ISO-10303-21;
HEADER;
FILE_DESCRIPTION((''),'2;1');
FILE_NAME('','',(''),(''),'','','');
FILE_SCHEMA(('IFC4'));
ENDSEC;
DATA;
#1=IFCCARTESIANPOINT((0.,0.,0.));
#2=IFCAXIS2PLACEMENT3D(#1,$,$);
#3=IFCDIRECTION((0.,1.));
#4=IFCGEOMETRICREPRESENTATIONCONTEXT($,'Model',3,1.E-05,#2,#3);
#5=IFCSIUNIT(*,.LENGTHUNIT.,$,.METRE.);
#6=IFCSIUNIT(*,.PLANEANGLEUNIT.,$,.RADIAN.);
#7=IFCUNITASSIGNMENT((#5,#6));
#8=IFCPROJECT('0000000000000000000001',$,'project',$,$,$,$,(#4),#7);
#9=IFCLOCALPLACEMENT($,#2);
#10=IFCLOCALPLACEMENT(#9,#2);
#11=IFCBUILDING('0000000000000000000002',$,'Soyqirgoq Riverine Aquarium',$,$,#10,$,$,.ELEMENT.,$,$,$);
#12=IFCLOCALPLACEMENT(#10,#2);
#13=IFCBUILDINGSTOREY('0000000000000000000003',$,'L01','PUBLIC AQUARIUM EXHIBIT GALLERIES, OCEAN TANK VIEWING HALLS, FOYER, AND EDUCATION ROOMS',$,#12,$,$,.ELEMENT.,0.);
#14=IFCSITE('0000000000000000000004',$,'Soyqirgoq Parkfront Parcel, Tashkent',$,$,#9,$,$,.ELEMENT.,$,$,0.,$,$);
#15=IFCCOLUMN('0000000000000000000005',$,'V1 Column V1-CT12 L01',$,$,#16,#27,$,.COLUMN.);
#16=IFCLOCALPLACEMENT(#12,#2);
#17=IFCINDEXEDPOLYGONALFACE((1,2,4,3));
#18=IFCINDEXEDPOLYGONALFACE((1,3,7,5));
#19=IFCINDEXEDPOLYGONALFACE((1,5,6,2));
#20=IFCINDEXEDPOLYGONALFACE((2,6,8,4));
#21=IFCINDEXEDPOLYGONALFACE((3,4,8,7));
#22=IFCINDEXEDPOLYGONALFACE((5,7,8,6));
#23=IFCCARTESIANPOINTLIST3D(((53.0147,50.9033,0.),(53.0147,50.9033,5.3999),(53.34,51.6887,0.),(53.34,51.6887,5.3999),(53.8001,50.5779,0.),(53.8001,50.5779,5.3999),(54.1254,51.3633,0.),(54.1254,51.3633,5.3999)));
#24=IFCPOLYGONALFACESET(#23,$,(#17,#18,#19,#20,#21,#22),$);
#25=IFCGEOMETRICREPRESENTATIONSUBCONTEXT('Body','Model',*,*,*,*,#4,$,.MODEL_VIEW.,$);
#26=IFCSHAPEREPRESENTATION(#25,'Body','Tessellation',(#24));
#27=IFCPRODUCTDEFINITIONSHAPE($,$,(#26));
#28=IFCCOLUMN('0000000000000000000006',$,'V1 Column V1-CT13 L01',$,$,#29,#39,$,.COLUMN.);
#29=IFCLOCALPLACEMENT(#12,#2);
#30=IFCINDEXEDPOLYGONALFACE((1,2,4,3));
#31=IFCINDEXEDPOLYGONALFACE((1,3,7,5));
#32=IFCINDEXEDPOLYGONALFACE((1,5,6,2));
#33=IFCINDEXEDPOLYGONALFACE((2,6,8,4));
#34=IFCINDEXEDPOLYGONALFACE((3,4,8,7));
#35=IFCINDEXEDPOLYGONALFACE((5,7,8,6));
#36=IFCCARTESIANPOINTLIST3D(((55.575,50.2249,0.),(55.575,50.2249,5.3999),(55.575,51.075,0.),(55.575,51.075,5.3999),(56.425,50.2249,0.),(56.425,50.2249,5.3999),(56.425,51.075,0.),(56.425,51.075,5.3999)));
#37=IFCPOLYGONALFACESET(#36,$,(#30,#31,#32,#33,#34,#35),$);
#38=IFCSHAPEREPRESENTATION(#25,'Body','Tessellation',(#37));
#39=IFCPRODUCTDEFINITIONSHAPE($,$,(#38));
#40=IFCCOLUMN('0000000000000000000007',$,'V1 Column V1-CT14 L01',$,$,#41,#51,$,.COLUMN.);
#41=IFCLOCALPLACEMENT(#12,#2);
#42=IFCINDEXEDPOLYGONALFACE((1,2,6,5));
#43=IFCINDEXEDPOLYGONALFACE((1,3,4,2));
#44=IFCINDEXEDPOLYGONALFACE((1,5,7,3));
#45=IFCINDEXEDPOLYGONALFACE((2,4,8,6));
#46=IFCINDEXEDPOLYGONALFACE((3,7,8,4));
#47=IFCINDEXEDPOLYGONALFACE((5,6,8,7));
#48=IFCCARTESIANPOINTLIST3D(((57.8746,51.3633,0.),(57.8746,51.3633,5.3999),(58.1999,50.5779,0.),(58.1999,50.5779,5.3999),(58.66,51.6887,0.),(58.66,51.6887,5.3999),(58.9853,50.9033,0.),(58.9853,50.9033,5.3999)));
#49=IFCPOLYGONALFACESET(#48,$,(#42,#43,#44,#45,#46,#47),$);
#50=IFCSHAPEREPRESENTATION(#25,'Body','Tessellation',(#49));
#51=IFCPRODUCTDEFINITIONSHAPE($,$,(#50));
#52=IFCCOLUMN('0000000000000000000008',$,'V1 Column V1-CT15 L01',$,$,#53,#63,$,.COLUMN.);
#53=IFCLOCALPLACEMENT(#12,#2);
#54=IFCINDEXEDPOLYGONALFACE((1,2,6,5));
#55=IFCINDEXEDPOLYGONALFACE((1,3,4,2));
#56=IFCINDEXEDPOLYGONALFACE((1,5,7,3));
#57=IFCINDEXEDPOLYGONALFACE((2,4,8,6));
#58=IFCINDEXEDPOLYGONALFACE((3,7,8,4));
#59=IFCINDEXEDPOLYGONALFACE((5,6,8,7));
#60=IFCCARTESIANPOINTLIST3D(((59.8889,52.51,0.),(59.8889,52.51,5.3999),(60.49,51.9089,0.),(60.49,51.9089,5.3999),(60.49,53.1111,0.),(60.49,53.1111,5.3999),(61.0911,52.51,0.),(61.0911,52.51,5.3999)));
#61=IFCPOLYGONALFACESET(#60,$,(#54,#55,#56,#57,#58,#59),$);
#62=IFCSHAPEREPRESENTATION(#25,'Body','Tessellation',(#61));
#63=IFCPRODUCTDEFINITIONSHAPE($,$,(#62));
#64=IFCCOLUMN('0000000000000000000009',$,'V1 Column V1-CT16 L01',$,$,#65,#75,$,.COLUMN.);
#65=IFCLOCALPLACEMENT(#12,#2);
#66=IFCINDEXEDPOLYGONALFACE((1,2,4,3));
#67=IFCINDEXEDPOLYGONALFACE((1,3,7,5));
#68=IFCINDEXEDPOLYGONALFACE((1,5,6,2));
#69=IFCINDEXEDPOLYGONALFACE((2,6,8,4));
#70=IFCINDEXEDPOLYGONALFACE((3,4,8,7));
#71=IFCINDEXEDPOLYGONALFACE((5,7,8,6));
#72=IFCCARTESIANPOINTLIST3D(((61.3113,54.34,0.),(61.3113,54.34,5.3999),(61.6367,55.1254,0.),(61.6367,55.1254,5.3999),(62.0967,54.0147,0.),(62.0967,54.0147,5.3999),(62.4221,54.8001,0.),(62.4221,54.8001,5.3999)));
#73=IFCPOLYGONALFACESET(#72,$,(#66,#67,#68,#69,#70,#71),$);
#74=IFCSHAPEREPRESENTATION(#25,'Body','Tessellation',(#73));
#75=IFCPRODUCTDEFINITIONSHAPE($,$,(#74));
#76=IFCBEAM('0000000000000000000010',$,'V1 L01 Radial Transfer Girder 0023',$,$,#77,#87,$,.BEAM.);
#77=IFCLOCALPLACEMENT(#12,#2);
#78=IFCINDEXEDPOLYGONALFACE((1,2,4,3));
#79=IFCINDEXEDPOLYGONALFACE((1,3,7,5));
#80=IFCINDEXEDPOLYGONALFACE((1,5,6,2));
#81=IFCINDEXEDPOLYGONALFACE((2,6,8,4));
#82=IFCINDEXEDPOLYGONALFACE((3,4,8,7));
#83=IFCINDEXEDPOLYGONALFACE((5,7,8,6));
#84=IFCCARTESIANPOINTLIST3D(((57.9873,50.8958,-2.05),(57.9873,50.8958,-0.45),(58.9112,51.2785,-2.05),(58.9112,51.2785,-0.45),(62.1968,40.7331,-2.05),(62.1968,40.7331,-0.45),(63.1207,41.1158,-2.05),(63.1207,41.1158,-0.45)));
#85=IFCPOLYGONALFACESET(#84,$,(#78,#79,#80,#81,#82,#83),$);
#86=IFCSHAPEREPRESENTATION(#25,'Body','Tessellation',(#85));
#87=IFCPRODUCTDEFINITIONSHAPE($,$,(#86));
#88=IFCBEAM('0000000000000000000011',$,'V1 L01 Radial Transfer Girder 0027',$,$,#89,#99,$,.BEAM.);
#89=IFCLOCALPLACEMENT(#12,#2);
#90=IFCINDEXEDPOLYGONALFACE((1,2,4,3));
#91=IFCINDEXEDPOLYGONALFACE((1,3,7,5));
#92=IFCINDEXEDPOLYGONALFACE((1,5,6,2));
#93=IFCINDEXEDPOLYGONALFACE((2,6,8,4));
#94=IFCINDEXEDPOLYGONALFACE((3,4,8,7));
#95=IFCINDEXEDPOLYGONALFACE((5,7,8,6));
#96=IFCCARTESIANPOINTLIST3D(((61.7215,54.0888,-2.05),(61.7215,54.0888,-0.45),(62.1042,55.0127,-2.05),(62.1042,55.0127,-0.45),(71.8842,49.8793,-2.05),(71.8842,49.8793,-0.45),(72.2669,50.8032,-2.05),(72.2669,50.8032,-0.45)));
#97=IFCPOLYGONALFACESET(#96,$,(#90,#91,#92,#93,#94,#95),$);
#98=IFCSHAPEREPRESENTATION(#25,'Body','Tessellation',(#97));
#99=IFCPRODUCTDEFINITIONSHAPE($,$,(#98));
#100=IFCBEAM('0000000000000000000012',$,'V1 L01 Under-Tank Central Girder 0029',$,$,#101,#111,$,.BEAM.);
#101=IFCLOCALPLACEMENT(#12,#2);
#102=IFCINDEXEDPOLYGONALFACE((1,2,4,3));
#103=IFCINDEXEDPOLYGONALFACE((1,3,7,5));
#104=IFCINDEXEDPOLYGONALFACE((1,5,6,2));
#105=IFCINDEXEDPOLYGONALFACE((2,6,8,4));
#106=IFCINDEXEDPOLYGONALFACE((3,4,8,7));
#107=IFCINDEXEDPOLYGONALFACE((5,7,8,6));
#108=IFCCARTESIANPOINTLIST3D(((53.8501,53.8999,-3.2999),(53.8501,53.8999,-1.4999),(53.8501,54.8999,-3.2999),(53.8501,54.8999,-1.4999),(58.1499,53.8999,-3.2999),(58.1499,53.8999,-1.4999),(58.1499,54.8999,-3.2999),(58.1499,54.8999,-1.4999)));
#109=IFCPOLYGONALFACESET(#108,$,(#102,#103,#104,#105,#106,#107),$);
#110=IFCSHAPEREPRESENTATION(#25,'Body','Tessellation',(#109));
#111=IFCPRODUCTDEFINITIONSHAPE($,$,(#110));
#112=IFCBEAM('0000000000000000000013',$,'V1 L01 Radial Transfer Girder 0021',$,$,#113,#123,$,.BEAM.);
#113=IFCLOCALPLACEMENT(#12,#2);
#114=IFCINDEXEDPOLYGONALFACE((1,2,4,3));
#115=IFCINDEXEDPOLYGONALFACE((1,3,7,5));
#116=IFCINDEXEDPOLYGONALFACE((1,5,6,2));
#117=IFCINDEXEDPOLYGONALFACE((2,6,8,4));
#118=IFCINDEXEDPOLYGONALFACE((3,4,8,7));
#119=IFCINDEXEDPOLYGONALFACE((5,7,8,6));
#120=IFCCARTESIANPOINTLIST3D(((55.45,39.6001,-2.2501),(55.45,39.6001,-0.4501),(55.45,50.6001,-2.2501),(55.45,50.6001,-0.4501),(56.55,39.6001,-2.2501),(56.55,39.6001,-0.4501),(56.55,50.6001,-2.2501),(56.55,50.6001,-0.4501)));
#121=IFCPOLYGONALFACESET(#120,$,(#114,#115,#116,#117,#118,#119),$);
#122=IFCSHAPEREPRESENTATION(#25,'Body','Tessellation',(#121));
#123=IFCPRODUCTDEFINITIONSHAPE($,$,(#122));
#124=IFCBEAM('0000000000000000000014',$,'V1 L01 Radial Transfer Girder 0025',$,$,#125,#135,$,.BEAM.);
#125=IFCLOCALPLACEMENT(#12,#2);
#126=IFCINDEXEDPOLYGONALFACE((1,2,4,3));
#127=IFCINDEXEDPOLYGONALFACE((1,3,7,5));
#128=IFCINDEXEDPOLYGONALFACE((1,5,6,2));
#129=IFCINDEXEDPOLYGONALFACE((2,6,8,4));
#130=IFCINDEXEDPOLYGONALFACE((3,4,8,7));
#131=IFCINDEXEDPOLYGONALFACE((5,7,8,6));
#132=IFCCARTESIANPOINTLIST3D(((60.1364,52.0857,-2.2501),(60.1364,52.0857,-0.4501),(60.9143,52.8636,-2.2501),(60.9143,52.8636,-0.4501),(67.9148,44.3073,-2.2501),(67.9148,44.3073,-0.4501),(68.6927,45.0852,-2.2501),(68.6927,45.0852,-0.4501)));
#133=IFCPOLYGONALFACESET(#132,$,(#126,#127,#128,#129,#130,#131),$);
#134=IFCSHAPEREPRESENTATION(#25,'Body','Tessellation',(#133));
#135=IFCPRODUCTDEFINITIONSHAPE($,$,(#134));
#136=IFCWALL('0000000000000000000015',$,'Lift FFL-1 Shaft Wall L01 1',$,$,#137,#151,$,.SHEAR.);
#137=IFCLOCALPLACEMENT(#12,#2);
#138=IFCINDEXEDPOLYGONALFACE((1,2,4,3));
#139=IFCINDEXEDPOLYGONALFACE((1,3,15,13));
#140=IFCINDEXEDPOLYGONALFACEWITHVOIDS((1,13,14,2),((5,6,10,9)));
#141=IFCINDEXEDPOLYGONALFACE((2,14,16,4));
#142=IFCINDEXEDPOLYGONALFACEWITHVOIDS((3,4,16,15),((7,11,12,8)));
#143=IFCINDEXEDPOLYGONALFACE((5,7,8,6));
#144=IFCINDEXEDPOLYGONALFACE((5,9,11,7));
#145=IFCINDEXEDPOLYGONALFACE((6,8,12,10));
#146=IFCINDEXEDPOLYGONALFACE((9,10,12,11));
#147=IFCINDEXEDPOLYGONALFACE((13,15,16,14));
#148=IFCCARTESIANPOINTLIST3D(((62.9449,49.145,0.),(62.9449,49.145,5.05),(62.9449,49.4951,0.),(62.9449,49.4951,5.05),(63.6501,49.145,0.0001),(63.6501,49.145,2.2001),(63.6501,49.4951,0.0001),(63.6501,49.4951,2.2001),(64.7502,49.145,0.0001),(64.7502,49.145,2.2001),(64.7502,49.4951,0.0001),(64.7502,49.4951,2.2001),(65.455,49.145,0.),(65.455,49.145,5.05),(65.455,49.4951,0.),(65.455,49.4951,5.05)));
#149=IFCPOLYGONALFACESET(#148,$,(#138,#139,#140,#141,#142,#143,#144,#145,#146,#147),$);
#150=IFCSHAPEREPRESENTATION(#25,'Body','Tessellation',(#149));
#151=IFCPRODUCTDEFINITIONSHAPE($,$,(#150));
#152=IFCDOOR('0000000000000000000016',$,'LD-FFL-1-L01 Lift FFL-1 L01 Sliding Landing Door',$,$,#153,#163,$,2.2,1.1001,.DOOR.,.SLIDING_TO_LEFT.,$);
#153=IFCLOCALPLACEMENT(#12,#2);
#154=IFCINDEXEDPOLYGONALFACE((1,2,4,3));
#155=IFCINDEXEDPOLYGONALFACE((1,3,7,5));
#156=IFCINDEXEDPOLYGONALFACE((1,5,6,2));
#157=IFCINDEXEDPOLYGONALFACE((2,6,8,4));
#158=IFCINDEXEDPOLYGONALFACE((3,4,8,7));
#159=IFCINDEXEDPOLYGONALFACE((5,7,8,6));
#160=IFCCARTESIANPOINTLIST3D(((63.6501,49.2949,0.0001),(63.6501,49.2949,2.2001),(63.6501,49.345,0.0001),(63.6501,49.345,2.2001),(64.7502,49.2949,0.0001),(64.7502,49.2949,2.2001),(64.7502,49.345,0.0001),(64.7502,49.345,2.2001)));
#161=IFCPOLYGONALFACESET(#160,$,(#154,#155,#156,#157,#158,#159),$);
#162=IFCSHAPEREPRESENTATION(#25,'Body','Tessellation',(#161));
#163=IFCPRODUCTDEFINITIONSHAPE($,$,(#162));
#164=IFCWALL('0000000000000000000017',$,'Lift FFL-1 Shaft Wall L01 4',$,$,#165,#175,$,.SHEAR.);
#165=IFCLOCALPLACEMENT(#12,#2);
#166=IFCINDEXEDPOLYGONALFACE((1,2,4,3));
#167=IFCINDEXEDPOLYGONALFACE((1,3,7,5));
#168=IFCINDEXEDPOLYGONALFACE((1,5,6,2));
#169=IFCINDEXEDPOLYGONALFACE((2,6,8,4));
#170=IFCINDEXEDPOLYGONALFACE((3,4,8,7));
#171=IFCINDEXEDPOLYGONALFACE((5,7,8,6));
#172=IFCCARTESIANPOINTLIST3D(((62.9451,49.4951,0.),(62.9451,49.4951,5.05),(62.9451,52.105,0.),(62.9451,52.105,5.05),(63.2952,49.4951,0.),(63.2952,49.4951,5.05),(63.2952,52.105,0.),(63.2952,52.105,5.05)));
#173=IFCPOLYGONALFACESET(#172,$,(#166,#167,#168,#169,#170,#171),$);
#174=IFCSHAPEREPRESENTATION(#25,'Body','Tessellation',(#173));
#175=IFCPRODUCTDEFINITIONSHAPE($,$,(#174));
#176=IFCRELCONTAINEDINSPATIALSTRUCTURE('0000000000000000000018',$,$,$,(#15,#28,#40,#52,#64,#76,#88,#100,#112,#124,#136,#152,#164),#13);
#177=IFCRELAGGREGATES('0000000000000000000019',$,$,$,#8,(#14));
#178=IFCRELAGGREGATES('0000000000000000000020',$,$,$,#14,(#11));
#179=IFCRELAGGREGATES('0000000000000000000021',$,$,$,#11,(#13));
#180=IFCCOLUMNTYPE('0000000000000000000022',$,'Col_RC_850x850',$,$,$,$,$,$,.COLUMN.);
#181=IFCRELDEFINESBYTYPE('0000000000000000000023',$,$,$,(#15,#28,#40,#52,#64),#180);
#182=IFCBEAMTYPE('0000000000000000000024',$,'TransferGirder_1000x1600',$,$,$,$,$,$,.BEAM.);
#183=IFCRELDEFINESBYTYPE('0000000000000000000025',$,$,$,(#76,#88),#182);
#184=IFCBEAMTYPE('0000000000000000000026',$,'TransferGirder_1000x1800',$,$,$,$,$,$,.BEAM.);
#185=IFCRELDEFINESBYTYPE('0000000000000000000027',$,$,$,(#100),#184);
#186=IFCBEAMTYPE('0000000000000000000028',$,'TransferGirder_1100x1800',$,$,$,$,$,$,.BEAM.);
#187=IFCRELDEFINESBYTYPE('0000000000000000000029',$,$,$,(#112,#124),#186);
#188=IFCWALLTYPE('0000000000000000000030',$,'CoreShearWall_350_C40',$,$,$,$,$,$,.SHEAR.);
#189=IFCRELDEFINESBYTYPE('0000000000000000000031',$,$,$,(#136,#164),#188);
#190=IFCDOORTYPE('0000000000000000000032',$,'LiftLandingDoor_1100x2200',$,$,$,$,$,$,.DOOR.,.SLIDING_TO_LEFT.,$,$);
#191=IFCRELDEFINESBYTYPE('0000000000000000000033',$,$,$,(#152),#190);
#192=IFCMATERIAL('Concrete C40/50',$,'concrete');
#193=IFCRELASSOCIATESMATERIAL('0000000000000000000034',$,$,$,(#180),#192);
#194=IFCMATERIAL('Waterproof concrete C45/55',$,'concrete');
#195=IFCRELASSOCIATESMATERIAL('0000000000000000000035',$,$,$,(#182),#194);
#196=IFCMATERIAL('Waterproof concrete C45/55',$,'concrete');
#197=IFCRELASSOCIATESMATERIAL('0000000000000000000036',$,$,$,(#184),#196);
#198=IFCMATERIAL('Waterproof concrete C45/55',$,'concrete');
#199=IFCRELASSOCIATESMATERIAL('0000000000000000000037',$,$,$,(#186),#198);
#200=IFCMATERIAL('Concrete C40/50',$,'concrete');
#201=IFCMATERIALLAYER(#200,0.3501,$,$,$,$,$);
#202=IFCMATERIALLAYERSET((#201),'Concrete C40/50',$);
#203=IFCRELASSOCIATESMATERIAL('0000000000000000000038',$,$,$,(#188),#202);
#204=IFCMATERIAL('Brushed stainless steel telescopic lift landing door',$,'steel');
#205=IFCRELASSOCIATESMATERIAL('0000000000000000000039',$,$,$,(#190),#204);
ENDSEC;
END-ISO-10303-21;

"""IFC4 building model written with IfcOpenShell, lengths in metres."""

from ifc_helpers import new_model, si_unit, direction, frame, frame_2d, origin, origin_2d, place, context, subcontext, project, spatial, rectangle, extrude, material, layer, layer_set, material_profile, profile_set, type_object, element, fill, save


model = new_model("IFC4")

# Units and contexts
model_context = context("Model", 3, precision=1e-05, world=origin(), true_north=direction((0.0, 1.0)))
body_context = subcontext(model_context, "Body", "Model", "MODEL_VIEW")
ifc_project = project(units=[si_unit("LENGTHUNIT", "METRE"), si_unit("PLANEANGLEUNIT", "RADIAN")], contexts=[model_context])

# Site, building, storey
site_placement = place(None, origin())
site = spatial("IfcSite", under=ifc_project, at=site_placement, Name="Soyqirgoq Parkfront Parcel, Tashkent", CompositionType="ELEMENT", RefElevation=0.0)
building_placement = place(site_placement, origin())
building = spatial("IfcBuilding", under=site, at=building_placement, Name="Soyqirgoq Riverine Aquarium", CompositionType="ELEMENT")
storey_placement = place(building_placement, origin())
storey = spatial("IfcBuildingStorey", under=building, at=storey_placement, Name="L01", Description="PUBLIC AQUARIUM EXHIBIT GALLERIES, OCEAN TANK VIEWING HALLS, FOYER, AND EDUCATION ROOMS", CompositionType="ELEMENT", Elevation=0.0)

# Columns
ifc_material_1 = material(Name="Concrete C40/50", Category="concrete")
ifc_material_profile_1 = material_profile(ifc_material_1, rectangle(XDim=0.8501, YDim=0.8501, at=origin_2d()), Name="RC 850x850")
ifc_profile_set_1 = profile_set([ifc_material_profile_1], Name="Concrete C40/50")
column_type = type_object("IfcColumnType", Name="Col_RC_850x850", PredefinedType="COLUMN", material=ifc_profile_set_1)
for number, where, z_axis, x_axis, name in (
    (1, (53.5701, 51.1333, 0.0), (0.0, 0.0, 1.0), (-0.382683, -0.92388, 0.0), "V1 Column V1-CT12 L01"),
    (2, (56.0, 50.6499, 0.0), (0.0, 0.0, 1.0), (0.0, -1.0, 0.0), "V1 Column V1-CT13 L01"),
    (3, (58.4299, 51.1333, 0.0), (0.0, 0.0, 1.0), (0.382683, -0.92388, 0.0), "V1 Column V1-CT14 L01"),
    (4, (60.49, 52.51, 0.0), (0.0, 0.0, 1.0), (0.707107, -0.707107, 0.0), "V1 Column V1-CT15 L01"),
    (5, (61.8667, 54.5701, 0.0), (0.0, 0.0, 1.0), (0.92388, -0.382683, 0.0), "V1 Column V1-CT16 L01"),
):
    element("IfcColumn", number, at=place(storey_placement, frame(where, z_axis=z_axis, x_axis=x_axis)), inside=storey, type_object=column_type, Name=name, PredefinedType="COLUMN", context=body_context, shape_type="SweptSolid", body=[
        extrude(rectangle(XDim=0.8501, YDim=0.8501, at=origin_2d()), origin(), (0.0, 0.0, 1.0), 5.3999),
    ])

# Beams
ifc_material_2 = material(Name="Waterproof concrete C45/55", Category="concrete")
ifc_material_profile_2 = material_profile(ifc_material_2, rectangle(XDim=1.0, YDim=1.6001, at=origin_2d()), Name="RC 1000x1600")
ifc_profile_set_2 = profile_set([ifc_material_profile_2], Name="Waterproof concrete C45/55")
beam_type_1 = type_object("IfcBeamType", Name="TransferGirder_1000x1600", PredefinedType="BEAM", material=ifc_profile_set_2)
for number, where, z_axis, x_axis, name in (
    (6, (58.4492, 51.0872, -1.25), (0.382682, -0.92388, 0.0), (0.92388, 0.382682, 0.0), "V1 L01 Radial Transfer Girder 0023"),
    (7, (61.9128, 54.5508, -1.25), (0.92388, -0.382682, 0.0), (0.382682, 0.92388, 0.0), "V1 L01 Radial Transfer Girder 0027"),
):
    element("IfcBeam", number, at=place(storey_placement, frame(where, z_axis=z_axis, x_axis=x_axis)), inside=storey, type_object=beam_type_1, Name=name, PredefinedType="BEAM", context=body_context, shape_type="SweptSolid", body=[
        extrude(rectangle(XDim=1.0, YDim=1.6001, at=origin_2d()), origin(), (0.0, 0.0, 1.0), 11.0),
    ])
ifc_material_3 = material(Name="Waterproof concrete C45/55", Category="concrete")
ifc_material_profile_3 = material_profile(ifc_material_3, rectangle(XDim=1.0, YDim=1.8, at=origin_2d()), Name="RC 1000x1800")
ifc_profile_set_3 = profile_set([ifc_material_profile_3], Name="Waterproof concrete C45/55")
beam_type_2 = type_object("IfcBeamType", Name="TransferGirder_1000x1800", PredefinedType="BEAM", material=ifc_profile_set_3)
beam_1_placement = place(storey_placement, frame((53.8501, 54.3999, -2.3999), z_axis=(1.0, 0.0, 0.0), x_axis=(0.0, 1.0, 0.0)))
element("IfcBeam", 8, at=beam_1_placement, inside=storey, type_object=beam_type_2, Name="V1 L01 Under-Tank Central Girder 0029", PredefinedType="BEAM", context=body_context, shape_type="SweptSolid", body=[
    extrude(rectangle(XDim=1.0, YDim=1.8, at=origin_2d()), origin(), (0.0, 0.0, 1.0), 4.2998),
])
ifc_material_4 = material(Name="Waterproof concrete C45/55", Category="concrete")
ifc_material_profile_4 = material_profile(ifc_material_4, rectangle(XDim=1.1001, YDim=1.8, at=origin_2d()), Name="RC 1100x1800")
ifc_profile_set_4 = profile_set([ifc_material_profile_4], Name="Waterproof concrete C45/55")
beam_type_3 = type_object("IfcBeamType", Name="TransferGirder_1100x1800", PredefinedType="BEAM", material=ifc_profile_set_4)
beam_2_placement = place(storey_placement, frame((56.0, 50.6001, -1.3501), z_axis=(0.0, -1.0, 0.0), x_axis=(1.0, 0.0, 0.0)))
element("IfcBeam", 9, at=beam_2_placement, inside=storey, type_object=beam_type_3, Name="V1 L01 Radial Transfer Girder 0021", PredefinedType="BEAM", context=body_context, shape_type="SweptSolid", body=[
    extrude(rectangle(XDim=1.1001, YDim=1.8, at=origin_2d()), origin(), (0.0, 0.0, 1.0), 11.0),
])
beam_3_placement = place(storey_placement, frame((60.5254, 52.4746, -1.3501), z_axis=(0.707107, -0.707107, 0.0), x_axis=(0.707107, 0.707107, 0.0)))
element("IfcBeam", 10, at=beam_3_placement, inside=storey, type_object=beam_type_3, Name="V1 L01 Radial Transfer Girder 0025", PredefinedType="BEAM", context=body_context, shape_type="SweptSolid", body=[
    extrude(rectangle(XDim=1.1001, YDim=1.8, at=origin_2d()), origin(), (0.0, 0.0, 1.0), 11.0002),
])

# Wall, opening, door
ifc_material_5 = material(Name="Concrete C40/50", Category="concrete")
ifc_layer_1 = layer(ifc_material_5, 0.3501)
ifc_layer_set_1 = layer_set([ifc_layer_1], Name="Concrete C40/50")
wall_type_1 = type_object("IfcWallType", Name="CoreShearWall_350_C40", PredefinedType="SHEAR", material=ifc_layer_set_1)
wall_1_placement = place(storey_placement, frame((62.9451, 49.3201, 0.0), z_axis=(0.0, 0.0, 1.0), x_axis=(1.0, 0.0, 0.0)))
wall_1 = element("IfcWall", 11, at=wall_1_placement, inside=storey, type_object=wall_type_1, Name="Lift FFL-1 Shaft Wall L01 1", PredefinedType="SHEAR", context=body_context, shape_type="SweptSolid", body=[
    extrude(rectangle(XDim=2.51, YDim=0.3501, at=frame_2d((1.2549, 0.0))), origin(), (0.0, 0.0, 1.0), 5.05),
])
opening_1_placement = place(wall_1_placement, frame((0.7051, 0.0, 0.0)))
opening_1 = element("IfcOpeningElement", 12, at=opening_1_placement, cuts=wall_1, PredefinedType="OPENING", context=body_context, shape_type="SweptSolid", body=[
    extrude(rectangle(XDim=1.1001, YDim=2.2, at=frame_2d((0.55, 1.1001))), frame((0.0, 0.1851, 0.0), z_axis=(0.0, -1.0, 0.0), x_axis=(1.0, 0.0, 0.0)), (0.0, 0.0, 1.0), 0.3701),
])
ifc_material_6 = material(Name="Brushed stainless steel telescopic lift landing door", Category="steel")
door_type_1 = type_object("IfcDoorType", Name="LiftLandingDoor_1100x2200", OperationType="SLIDING_TO_LEFT", PredefinedType="DOOR", material=ifc_material_6)
door_1_placement = place(opening_1_placement, origin())
door_1 = element("IfcDoor", 13, at=door_1_placement, inside=storey, type_object=door_type_1, Name="LD-FFL-1-L01 Lift FFL-1 L01 Sliding Landing Door", OperationType="SLIDING_TO_LEFT", OverallHeight=2.2, OverallWidth=1.1001, PredefinedType="DOOR", context=body_context, shape_type="SweptSolid", body=[
    extrude(rectangle(XDim=1.1001, YDim=2.2, at=frame_2d((0.55, 1.1001))), frame((0.0, 0.0249, 0.0), z_axis=(0.0, -1.0, 0.0), x_axis=(1.0, 0.0, 0.0)), (0.0, 0.0, 1.0), 0.05),
])
fill(opening_1, door_1)

# Wall
wall_2_placement = place(storey_placement, frame((63.1201, 52.105, 0.0), z_axis=(0.0, 0.0, 1.0), x_axis=(0.0, -1.0, 0.0)))
element("IfcWall", 14, at=wall_2_placement, inside=storey, type_object=wall_type_1, Name="Lift FFL-1 Shaft Wall L01 4", PredefinedType="SHEAR", context=body_context, shape_type="SweptSolid", body=[
    extrude(rectangle(XDim=2.6099, YDim=0.3501, at=frame_2d((1.3049, 0.0))), origin(), (0.0, 0.0, 1.0), 5.05),
])

save(model, "model.ifc")
